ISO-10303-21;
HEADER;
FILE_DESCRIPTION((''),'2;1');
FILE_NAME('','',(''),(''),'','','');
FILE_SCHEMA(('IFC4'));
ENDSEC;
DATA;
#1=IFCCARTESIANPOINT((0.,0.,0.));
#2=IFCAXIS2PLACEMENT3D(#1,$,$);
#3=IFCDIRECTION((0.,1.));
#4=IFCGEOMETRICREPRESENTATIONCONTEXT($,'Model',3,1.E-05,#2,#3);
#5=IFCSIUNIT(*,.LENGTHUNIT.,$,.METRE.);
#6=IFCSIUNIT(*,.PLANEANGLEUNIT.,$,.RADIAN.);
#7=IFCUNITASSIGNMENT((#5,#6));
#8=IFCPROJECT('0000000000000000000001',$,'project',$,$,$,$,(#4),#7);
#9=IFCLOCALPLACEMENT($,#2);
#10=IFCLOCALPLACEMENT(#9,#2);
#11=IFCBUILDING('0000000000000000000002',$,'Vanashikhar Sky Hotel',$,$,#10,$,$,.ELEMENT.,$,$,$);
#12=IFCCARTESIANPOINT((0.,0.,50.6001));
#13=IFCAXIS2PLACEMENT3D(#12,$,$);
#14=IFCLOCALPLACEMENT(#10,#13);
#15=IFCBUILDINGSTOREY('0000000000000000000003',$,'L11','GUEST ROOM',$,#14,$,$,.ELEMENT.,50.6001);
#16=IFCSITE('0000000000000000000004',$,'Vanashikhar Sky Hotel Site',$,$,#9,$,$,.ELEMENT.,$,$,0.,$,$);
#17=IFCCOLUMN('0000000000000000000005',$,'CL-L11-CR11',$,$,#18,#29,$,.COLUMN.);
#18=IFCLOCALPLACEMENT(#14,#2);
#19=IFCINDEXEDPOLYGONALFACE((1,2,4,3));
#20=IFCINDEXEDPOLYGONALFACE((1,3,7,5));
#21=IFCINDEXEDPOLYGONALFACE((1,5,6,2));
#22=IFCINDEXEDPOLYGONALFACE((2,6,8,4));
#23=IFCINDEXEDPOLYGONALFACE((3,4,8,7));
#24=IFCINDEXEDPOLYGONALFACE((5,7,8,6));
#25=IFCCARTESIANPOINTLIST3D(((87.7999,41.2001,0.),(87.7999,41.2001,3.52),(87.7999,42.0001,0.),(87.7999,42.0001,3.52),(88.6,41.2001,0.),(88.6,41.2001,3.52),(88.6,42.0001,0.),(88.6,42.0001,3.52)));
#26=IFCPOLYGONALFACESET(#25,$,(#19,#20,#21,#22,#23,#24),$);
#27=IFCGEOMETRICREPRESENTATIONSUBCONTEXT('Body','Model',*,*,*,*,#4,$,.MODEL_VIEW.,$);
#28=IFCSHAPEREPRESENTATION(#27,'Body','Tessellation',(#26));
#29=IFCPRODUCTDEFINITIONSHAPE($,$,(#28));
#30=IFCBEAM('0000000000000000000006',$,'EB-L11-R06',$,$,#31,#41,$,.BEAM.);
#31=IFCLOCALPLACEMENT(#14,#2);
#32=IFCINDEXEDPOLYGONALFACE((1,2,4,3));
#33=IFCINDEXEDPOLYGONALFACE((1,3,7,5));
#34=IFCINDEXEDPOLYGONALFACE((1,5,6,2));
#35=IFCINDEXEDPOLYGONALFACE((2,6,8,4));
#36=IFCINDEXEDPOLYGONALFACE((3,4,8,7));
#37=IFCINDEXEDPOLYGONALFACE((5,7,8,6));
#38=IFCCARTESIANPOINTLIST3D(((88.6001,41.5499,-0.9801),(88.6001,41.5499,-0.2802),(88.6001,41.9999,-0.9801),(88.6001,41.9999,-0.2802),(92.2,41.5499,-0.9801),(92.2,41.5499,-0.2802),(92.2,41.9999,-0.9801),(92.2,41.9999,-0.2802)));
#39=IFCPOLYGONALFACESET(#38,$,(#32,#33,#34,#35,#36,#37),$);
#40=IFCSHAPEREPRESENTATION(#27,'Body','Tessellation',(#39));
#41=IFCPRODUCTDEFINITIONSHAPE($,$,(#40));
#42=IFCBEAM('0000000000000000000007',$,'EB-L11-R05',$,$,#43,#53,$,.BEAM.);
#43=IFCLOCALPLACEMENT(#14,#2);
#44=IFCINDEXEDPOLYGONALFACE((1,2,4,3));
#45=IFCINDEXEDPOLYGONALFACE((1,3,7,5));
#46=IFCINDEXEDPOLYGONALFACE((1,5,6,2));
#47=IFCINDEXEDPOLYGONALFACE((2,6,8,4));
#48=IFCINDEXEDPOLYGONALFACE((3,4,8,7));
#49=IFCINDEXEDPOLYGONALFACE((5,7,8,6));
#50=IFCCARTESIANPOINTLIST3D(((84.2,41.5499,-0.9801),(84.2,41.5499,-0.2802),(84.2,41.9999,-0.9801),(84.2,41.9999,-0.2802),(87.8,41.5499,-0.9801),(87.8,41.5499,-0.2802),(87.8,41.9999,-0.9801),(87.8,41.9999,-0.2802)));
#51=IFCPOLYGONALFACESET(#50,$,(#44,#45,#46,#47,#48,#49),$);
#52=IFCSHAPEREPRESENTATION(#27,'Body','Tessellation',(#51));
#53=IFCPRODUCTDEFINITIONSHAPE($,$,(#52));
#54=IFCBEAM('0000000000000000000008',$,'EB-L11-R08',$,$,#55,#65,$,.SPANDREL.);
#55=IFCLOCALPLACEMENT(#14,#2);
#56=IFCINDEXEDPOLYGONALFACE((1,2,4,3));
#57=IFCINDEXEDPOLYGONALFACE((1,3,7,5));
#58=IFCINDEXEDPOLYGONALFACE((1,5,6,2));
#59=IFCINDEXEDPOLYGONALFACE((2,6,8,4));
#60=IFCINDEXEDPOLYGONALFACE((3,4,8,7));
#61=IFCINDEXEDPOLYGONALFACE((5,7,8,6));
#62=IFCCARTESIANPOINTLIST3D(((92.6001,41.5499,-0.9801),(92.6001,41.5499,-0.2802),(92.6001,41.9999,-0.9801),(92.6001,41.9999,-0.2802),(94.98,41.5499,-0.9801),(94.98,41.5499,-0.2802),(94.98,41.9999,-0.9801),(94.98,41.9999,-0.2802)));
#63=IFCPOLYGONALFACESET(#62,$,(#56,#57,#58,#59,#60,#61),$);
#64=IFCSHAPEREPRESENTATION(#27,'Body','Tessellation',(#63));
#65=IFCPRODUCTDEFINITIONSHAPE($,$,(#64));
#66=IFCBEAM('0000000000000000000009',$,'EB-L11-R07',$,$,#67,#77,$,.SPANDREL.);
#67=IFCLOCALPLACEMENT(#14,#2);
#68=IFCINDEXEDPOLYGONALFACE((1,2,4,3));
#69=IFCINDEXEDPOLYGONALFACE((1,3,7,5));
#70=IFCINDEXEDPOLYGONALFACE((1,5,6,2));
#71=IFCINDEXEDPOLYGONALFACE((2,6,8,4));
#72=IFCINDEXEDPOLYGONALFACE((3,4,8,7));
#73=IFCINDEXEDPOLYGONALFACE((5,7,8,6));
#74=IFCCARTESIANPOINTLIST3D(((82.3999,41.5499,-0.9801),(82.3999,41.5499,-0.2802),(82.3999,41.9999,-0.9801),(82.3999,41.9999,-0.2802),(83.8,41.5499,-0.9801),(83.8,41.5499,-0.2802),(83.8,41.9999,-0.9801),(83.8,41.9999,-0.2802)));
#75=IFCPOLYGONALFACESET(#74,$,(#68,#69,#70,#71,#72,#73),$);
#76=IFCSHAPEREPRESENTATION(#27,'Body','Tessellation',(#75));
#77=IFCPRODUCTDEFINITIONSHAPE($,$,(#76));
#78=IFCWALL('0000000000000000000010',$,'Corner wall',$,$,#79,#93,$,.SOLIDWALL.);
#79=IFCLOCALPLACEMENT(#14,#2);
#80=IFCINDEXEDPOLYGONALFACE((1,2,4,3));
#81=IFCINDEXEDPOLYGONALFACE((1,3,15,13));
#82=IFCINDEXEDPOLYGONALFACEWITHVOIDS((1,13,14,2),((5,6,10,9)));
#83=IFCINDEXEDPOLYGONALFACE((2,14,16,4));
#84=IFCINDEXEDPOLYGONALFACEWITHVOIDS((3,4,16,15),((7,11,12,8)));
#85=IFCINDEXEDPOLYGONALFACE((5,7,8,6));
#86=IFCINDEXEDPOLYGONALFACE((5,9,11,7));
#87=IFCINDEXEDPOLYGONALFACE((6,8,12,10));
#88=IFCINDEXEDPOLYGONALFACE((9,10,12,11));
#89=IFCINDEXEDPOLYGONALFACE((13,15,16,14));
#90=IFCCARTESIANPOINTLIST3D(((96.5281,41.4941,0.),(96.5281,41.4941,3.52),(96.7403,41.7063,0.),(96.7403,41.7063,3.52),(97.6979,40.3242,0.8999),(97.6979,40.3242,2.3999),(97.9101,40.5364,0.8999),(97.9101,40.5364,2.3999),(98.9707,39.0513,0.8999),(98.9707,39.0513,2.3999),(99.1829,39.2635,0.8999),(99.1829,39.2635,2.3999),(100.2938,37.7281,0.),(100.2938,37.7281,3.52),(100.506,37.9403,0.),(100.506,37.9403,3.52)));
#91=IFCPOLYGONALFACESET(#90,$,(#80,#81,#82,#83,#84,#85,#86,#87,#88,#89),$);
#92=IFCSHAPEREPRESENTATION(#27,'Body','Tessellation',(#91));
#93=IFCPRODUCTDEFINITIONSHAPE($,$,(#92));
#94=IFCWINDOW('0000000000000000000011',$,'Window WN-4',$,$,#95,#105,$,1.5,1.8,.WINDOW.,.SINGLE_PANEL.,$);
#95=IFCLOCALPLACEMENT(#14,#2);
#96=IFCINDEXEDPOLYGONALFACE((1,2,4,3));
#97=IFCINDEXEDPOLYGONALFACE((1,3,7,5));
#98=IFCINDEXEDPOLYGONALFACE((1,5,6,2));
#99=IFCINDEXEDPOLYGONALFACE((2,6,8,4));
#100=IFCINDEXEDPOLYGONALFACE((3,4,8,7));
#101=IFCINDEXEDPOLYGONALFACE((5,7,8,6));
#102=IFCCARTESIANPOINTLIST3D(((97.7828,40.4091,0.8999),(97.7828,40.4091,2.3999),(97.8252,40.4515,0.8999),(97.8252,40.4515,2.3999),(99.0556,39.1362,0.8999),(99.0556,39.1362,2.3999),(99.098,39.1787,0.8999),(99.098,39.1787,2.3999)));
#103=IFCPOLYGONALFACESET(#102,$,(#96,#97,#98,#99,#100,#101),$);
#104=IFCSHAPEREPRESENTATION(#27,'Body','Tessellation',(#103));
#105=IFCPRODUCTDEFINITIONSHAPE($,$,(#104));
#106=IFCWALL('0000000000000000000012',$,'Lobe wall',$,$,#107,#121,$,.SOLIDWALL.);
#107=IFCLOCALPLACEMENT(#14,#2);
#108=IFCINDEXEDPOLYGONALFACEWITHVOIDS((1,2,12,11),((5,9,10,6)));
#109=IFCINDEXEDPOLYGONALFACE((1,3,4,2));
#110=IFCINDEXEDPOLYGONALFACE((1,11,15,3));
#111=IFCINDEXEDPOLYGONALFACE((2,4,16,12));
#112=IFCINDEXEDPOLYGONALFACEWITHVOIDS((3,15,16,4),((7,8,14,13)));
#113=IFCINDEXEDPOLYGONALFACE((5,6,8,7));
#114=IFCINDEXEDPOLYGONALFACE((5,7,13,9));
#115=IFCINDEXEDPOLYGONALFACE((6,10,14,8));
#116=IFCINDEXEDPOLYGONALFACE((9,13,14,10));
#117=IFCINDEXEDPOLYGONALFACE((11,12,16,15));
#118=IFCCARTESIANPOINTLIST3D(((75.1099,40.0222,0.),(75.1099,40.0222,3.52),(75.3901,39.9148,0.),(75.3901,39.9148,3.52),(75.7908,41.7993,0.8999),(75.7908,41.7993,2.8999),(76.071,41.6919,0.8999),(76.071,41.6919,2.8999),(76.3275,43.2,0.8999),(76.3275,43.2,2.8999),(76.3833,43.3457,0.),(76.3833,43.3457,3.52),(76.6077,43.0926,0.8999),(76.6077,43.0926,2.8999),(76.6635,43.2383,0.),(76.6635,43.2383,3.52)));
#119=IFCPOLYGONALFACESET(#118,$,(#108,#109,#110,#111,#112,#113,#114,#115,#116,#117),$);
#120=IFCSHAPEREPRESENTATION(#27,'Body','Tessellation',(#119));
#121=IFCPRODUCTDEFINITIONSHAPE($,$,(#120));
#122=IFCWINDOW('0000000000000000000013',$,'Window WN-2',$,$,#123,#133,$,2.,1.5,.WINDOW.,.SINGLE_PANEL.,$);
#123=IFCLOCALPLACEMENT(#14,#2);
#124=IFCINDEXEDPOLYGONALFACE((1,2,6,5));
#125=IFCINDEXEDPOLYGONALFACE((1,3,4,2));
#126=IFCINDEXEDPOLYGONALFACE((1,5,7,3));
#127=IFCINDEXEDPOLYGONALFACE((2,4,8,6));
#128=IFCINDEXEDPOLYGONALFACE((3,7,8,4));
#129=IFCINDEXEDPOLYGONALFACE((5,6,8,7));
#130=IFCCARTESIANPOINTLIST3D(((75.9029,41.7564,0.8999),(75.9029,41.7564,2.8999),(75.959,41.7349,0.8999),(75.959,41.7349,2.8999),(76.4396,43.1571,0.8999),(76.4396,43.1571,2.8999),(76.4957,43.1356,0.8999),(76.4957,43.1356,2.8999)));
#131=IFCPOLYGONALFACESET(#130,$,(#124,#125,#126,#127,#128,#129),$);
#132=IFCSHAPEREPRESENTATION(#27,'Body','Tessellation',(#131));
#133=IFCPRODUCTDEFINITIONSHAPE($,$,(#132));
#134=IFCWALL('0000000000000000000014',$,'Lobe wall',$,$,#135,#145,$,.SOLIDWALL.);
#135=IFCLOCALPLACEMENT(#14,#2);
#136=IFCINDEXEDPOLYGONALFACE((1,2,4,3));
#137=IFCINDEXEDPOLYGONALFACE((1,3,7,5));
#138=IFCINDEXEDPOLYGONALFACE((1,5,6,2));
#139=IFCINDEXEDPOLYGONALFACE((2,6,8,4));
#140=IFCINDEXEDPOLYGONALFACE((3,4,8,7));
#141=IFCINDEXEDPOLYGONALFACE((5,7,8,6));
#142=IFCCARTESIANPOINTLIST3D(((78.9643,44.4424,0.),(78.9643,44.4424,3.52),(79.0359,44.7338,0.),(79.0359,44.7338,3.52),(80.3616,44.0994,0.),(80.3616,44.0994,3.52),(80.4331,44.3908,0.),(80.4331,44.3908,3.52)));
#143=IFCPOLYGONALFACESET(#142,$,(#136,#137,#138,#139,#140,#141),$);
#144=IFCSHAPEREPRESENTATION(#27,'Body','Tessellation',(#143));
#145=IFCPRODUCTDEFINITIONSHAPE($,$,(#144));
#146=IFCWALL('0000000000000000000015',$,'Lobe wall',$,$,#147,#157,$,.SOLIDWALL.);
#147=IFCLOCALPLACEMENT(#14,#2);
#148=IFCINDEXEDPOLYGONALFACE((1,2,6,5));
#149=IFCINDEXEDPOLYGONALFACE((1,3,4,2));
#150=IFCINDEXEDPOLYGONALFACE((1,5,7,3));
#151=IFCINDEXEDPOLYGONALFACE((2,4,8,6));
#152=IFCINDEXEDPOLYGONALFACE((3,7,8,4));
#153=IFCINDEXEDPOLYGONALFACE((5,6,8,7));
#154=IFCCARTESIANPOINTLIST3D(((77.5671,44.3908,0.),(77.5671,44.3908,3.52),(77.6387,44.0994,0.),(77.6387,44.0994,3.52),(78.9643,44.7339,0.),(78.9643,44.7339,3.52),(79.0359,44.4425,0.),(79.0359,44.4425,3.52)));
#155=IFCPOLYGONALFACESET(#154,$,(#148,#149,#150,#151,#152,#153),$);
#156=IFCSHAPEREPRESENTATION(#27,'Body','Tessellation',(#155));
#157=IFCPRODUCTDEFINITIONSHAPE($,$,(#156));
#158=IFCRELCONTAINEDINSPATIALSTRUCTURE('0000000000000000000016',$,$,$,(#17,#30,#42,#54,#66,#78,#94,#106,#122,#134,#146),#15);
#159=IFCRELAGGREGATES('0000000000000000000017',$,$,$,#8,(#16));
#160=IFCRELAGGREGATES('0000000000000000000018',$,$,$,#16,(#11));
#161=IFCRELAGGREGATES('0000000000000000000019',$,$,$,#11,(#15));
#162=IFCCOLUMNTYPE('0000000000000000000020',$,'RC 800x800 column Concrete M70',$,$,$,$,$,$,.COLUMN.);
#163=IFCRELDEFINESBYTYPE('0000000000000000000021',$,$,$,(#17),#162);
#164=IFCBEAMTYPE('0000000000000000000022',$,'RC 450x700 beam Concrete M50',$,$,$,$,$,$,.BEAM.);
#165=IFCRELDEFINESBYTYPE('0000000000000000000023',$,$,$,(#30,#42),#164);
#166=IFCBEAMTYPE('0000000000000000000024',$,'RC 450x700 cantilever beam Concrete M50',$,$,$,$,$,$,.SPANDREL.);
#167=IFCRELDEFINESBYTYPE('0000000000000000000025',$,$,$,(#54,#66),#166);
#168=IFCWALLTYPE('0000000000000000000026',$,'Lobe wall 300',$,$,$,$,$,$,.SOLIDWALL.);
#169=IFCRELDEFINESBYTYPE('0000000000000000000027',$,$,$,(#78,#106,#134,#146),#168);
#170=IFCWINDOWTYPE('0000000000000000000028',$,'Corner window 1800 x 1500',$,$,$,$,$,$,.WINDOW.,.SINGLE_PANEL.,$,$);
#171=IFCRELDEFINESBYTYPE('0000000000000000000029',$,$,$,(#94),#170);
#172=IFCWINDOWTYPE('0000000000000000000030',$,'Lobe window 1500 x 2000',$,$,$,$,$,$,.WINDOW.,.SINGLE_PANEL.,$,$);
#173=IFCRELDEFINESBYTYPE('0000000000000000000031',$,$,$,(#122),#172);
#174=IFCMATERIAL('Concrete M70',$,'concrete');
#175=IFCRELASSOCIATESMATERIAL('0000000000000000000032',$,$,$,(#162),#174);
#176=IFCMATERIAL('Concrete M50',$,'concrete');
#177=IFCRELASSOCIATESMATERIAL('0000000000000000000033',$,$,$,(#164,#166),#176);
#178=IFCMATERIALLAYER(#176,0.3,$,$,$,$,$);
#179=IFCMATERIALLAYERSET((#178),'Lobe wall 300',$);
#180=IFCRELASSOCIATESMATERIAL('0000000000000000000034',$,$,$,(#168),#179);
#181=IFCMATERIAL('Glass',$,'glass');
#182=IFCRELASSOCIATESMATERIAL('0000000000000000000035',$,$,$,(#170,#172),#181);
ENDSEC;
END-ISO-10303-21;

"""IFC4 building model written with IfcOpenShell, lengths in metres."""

from ifc_helpers import new_model, si_unit, direction, frame, frame_2d, origin, origin_2d, place, context, subcontext, project, spatial, rectangle, extrude, source, transform, mapped, material, layer, layer_set, material_profile, profile_set, type_object, element, fill, save


model = new_model("IFC4")

# Units and contexts
model_context = context("Model", 3, precision=1e-05, world=origin(), true_north=direction((0.0, 1.0)))
body_context = subcontext(model_context, "Body", "Model", "MODEL_VIEW")
ifc_project = project(units=[si_unit("LENGTHUNIT", "METRE"), si_unit("PLANEANGLEUNIT", "RADIAN")], contexts=[model_context])

# Site, building, storey
site_placement = place(None, origin())
site = spatial("IfcSite", under=ifc_project, at=site_placement, Name="Vanashikhar Sky Hotel Site", CompositionType="ELEMENT", RefElevation=0.0)
building_placement = place(site_placement, origin())
building = spatial("IfcBuilding", under=site, at=building_placement, Name="Vanashikhar Sky Hotel", CompositionType="ELEMENT")
storey_placement = place(building_placement, frame((0.0, 0.0, 50.6001)))
storey = spatial("IfcBuildingStorey", under=building, at=storey_placement, Name="L11", Description="GUEST ROOM", CompositionType="ELEMENT", Elevation=50.6001)

# Column
ifc_material_1 = material(Name="Concrete M70", Category="concrete")
ifc_material_profile_1 = material_profile(ifc_material_1, rectangle(XDim=0.8, YDim=0.8, at=origin_2d()))
ifc_profile_set_1 = profile_set([ifc_material_profile_1], Name="RC 800x800 column Concrete M70")
column_type = type_object("IfcColumnType", Name="RC 800x800 column Concrete M70", PredefinedType="COLUMN", material=ifc_profile_set_1)
shared_shape_1 = source(origin(), body_context, "Body", "SweptSolid", [
    extrude(rectangle(XDim=0.8, YDim=0.8, at=origin_2d()), origin(), (0.0, 0.0, 1.0), 3.52),
])
column_placement = place(storey_placement, frame((88.2, 41.6001, 0.0), z_axis=(0.0, 0.0, 1.0), x_axis=(1.0, 0.0, 0.0)))
element("IfcColumn", 1, at=column_placement, inside=storey, type_object=column_type, Name="CL-L11-CR11", PredefinedType="COLUMN", context=body_context, shape_type="MappedRepresentation", body=[
    mapped(shared_shape_1, transform((0.0, 0.0, 0.0), scale=1.0)),
])

# Beams
ifc_material_2 = material(Name="Concrete M50", Category="concrete")
ifc_material_profile_2 = material_profile(ifc_material_2, rectangle(XDim=0.45, YDim=0.7, at=origin_2d()))
ifc_profile_set_2 = profile_set([ifc_material_profile_2], Name="RC 450x700 beam Concrete M50")
beam_type_1 = type_object("IfcBeamType", Name="RC 450x700 beam Concrete M50", PredefinedType="BEAM", material=ifc_profile_set_2)
shared_shape_2 = source(origin(), body_context, "Body", "SweptSolid", [
    extrude(rectangle(XDim=0.45, YDim=0.7, at=origin_2d()), origin(), (0.0, 0.0, 1.0), 3.5999),
])
beam_1_placement = place(storey_placement, frame((88.6001, 41.7749, -0.6301), z_axis=(1.0, 0.0, 0.0), x_axis=(0.0, 1.0, 0.0)))
element("IfcBeam", 2, at=beam_1_placement, inside=storey, type_object=beam_type_1, Name="EB-L11-R06", PredefinedType="BEAM", context=body_context, shape_type="MappedRepresentation", body=[
    mapped(shared_shape_2, transform((0.0, 0.0, 0.0), scale=1.0)),
])
shared_shape_3 = source(origin(), body_context, "Body", "SweptSolid", [
    extrude(rectangle(XDim=0.45, YDim=0.7, at=origin_2d()), origin(), (0.0, 0.0, 1.0), 3.6001),
])
beam_2_placement = place(storey_placement, frame((84.2, 41.7749, -0.6301), z_axis=(1.0, 0.0, 0.0), x_axis=(0.0, 1.0, 0.0)))
element("IfcBeam", 3, at=beam_2_placement, inside=storey, type_object=beam_type_1, Name="EB-L11-R05", PredefinedType="BEAM", context=body_context, shape_type="MappedRepresentation", body=[
    mapped(shared_shape_3, transform((0.0, 0.0, 0.0), scale=1.0)),
])
ifc_material_profile_3 = material_profile(ifc_material_2, rectangle(XDim=0.45, YDim=0.7, at=origin_2d()))
ifc_profile_set_3 = profile_set([ifc_material_profile_3], Name="RC 450x700 cantilever beam Concrete M50")
beam_type_2 = type_object("IfcBeamType", Name="RC 450x700 cantilever beam Concrete M50", PredefinedType="SPANDREL", material=ifc_profile_set_3)
shared_shape_4 = source(origin(), body_context, "Body", "SweptSolid", [
    extrude(rectangle(XDim=0.45, YDim=0.7, at=origin_2d()), origin(), (0.0, 0.0, 1.0), 2.3799),
])
beam_3_placement = place(storey_placement, frame((92.6001, 41.7749, -0.6301), z_axis=(1.0, 0.0, 0.0), x_axis=(0.0, 1.0, 0.0)))
element("IfcBeam", 4, at=beam_3_placement, inside=storey, type_object=beam_type_2, Name="EB-L11-R08", PredefinedType="SPANDREL", context=body_context, shape_type="MappedRepresentation", body=[
    mapped(shared_shape_4, transform((0.0, 0.0, 0.0), scale=1.0)),
])
shared_shape_5 = source(origin(), body_context, "Body", "SweptSolid", [
    extrude(rectangle(XDim=0.45, YDim=0.7, at=origin_2d()), origin(), (0.0, 0.0, 1.0), 1.4001),
])
beam_4_placement = place(storey_placement, frame((82.3999, 41.7749, -0.6301), z_axis=(1.0, 0.0, 0.0), x_axis=(0.0, 1.0, 0.0)))
element("IfcBeam", 5, at=beam_4_placement, inside=storey, type_object=beam_type_2, Name="EB-L11-R07", PredefinedType="SPANDREL", context=body_context, shape_type="MappedRepresentation", body=[
    mapped(shared_shape_5, transform((0.0, 0.0, 0.0), scale=1.0)),
])

# Walls, openings, windows
ifc_layer_1 = layer(ifc_material_2, 0.3)
ifc_layer_set_1 = layer_set([ifc_layer_1], Name="Lobe wall 300")
wall_type_1 = type_object("IfcWallType", Name="Lobe wall 300", PredefinedType="SOLIDWALL", material=ifc_layer_set_1)
shared_shape_6 = source(origin(), body_context, "Body", "SweptSolid", [
    extrude(rectangle(XDim=5.3257, YDim=0.3, at=frame_2d((2.6628, 0.0))), origin(), (0.0, 0.0, 1.0), 3.52),
])
wall_1_placement = place(storey_placement, frame((100.3999, 37.8342, 0.0), z_axis=(0.0, 0.0, 1.0), x_axis=(-0.707084, 0.70713, 0.0)))
wall_1 = element("IfcWall", 6, at=wall_1_placement, inside=storey, type_object=wall_type_1, Name="Corner wall", PredefinedType="SOLIDWALL", context=body_context, shape_type="MappedRepresentation", body=[
    mapped(shared_shape_6, transform((0.0, 0.0, 0.0), scale=1.0)),
])
shared_shape_7 = source(origin(), body_context, "Body", "SweptSolid", [
    extrude(rectangle(XDim=1.8, YDim=1.5, at=frame_2d((0.8999, 0.75))), frame((0.0, 0.1602, 0.0), z_axis=(0.0, -1.0, 0.0), x_axis=(1.0, 0.0, 0.0)), (0.0, 0.0, 1.0), 0.3201),
])
opening_1_placement = place(wall_1_placement, frame((1.8713, 0.0, 0.8999)))
opening_1 = element("IfcOpeningElement", 7, at=opening_1_placement, cuts=wall_1, PredefinedType="OPENING", context=body_context, shape_type="MappedRepresentation", body=[
    mapped(shared_shape_7, transform((0.0, 0.0, 0.0), scale=1.0)),
])
ifc_material_3 = material(Name="Glass", Category="glass")
window_type_1 = type_object("IfcWindowType", Name="Corner window 1800 x 1500", PartitioningType="SINGLE_PANEL", PredefinedType="WINDOW", material=ifc_material_3)
shared_shape_8 = source(origin(), body_context, "Body", "SweptSolid", [
    extrude(rectangle(XDim=1.8, YDim=1.5, at=frame_2d((0.8999, 0.75))), frame((0.0, 0.03, 0.0), z_axis=(0.0, -1.0, 0.0), x_axis=(1.0, 0.0, 0.0)), (0.0, 0.0, 1.0), 0.0601),
])
window_1_placement = place(opening_1_placement, origin())
window_1 = element("IfcWindow", 8, at=window_1_placement, inside=storey, type_object=window_type_1, Name="Window WN-4", OverallHeight=1.5, OverallWidth=1.8, PartitioningType="SINGLE_PANEL", PredefinedType="WINDOW", context=body_context, shape_type="MappedRepresentation", body=[
    mapped(shared_shape_8, transform((0.0, 0.0, 0.0), scale=1.0)),
])
fill(opening_1, window_1)
shared_shape_9 = source(origin(), body_context, "Body", "SweptSolid", [
    extrude(rectangle(XDim=3.5591, YDim=0.3, at=frame_2d((1.7795, 0.0))), origin(), (0.0, 0.0, 1.0), 3.52),
])
wall_2_placement = place(storey_placement, frame((76.5234, 43.292, 0.0), z_axis=(0.0, 0.0, 1.0), x_axis=(-0.357797, -0.933799, 0.0)))
wall_2 = element("IfcWall", 9, at=wall_2_placement, inside=storey, type_object=wall_type_1, Name="Lobe wall", PredefinedType="SOLIDWALL", context=body_context, shape_type="MappedRepresentation", body=[
    mapped(shared_shape_9, transform((0.0, 0.0, 0.0), scale=1.0)),
])
shared_shape_10 = source(origin(), body_context, "Body", "SweptSolid", [
    extrude(rectangle(XDim=1.5, YDim=2.0, at=frame_2d((0.75, 1.0))), frame((0.0, 0.1602, 0.0), z_axis=(0.0, -1.0, 0.0), x_axis=(1.0, 0.0, 0.0)), (0.0, 0.0, 1.0), 0.3201),
])
opening_2_placement = place(wall_2_placement, frame((0.156, 0.0, 0.8999)))
opening_2 = element("IfcOpeningElement", 10, at=opening_2_placement, cuts=wall_2, PredefinedType="OPENING", context=body_context, shape_type="MappedRepresentation", body=[
    mapped(shared_shape_10, transform((0.0, 0.0, 0.0), scale=1.0)),
])
window_type_2 = type_object("IfcWindowType", Name="Lobe window 1500 x 2000", PartitioningType="SINGLE_PANEL", PredefinedType="WINDOW", material=ifc_material_3)
shared_shape_11 = source(origin(), body_context, "Body", "SweptSolid", [
    extrude(rectangle(XDim=1.5, YDim=2.0, at=frame_2d((0.75, 1.0))), frame((0.0, 0.03, 0.0), z_axis=(0.0, -1.0, 0.0), x_axis=(1.0, 0.0, 0.0)), (0.0, 0.0, 1.0), 0.0601),
])
window_2_placement = place(opening_2_placement, origin())
window_2 = element("IfcWindow", 11, at=window_2_placement, inside=storey, type_object=window_type_2, Name="Window WN-2", OverallHeight=2.0, OverallWidth=1.5, PartitioningType="SINGLE_PANEL", PredefinedType="WINDOW", context=body_context, shape_type="MappedRepresentation", body=[
    mapped(shared_shape_11, transform((0.0, 0.0, 0.0), scale=1.0)),
])
fill(opening_2, window_2)

# Walls
shared_shape_12 = source(origin(), body_context, "Body", "SweptSolid", [
    extrude(rectangle(XDim=1.4387, YDim=0.3, at=frame_2d((0.7192, 0.0))), origin(), (0.0, 0.0, 1.0), 3.52),
])
for number, where, z_axis, x_axis, name in (
    (12, (80.3972, 44.2451, 0.0), (0.0, 0.0, 1.0), (-0.971162, 0.238421, 0.0), "Lobe wall"),
    (13, (79.0, 44.5881, 0.0), (0.0, 0.0, 1.0), (-0.971162, -0.238421, 0.0), "Lobe wall"),
):
    element("IfcWall", number, at=place(storey_placement, frame(where, z_axis=z_axis, x_axis=x_axis)), inside=storey, type_object=wall_type_1, Name=name, PredefinedType="SOLIDWALL", context=body_context, shape_type="MappedRepresentation", body=[
        mapped(shared_shape_12, transform((0.0, 0.0, 0.0), scale=1.0)),
    ])

save(model, "model.ifc")
